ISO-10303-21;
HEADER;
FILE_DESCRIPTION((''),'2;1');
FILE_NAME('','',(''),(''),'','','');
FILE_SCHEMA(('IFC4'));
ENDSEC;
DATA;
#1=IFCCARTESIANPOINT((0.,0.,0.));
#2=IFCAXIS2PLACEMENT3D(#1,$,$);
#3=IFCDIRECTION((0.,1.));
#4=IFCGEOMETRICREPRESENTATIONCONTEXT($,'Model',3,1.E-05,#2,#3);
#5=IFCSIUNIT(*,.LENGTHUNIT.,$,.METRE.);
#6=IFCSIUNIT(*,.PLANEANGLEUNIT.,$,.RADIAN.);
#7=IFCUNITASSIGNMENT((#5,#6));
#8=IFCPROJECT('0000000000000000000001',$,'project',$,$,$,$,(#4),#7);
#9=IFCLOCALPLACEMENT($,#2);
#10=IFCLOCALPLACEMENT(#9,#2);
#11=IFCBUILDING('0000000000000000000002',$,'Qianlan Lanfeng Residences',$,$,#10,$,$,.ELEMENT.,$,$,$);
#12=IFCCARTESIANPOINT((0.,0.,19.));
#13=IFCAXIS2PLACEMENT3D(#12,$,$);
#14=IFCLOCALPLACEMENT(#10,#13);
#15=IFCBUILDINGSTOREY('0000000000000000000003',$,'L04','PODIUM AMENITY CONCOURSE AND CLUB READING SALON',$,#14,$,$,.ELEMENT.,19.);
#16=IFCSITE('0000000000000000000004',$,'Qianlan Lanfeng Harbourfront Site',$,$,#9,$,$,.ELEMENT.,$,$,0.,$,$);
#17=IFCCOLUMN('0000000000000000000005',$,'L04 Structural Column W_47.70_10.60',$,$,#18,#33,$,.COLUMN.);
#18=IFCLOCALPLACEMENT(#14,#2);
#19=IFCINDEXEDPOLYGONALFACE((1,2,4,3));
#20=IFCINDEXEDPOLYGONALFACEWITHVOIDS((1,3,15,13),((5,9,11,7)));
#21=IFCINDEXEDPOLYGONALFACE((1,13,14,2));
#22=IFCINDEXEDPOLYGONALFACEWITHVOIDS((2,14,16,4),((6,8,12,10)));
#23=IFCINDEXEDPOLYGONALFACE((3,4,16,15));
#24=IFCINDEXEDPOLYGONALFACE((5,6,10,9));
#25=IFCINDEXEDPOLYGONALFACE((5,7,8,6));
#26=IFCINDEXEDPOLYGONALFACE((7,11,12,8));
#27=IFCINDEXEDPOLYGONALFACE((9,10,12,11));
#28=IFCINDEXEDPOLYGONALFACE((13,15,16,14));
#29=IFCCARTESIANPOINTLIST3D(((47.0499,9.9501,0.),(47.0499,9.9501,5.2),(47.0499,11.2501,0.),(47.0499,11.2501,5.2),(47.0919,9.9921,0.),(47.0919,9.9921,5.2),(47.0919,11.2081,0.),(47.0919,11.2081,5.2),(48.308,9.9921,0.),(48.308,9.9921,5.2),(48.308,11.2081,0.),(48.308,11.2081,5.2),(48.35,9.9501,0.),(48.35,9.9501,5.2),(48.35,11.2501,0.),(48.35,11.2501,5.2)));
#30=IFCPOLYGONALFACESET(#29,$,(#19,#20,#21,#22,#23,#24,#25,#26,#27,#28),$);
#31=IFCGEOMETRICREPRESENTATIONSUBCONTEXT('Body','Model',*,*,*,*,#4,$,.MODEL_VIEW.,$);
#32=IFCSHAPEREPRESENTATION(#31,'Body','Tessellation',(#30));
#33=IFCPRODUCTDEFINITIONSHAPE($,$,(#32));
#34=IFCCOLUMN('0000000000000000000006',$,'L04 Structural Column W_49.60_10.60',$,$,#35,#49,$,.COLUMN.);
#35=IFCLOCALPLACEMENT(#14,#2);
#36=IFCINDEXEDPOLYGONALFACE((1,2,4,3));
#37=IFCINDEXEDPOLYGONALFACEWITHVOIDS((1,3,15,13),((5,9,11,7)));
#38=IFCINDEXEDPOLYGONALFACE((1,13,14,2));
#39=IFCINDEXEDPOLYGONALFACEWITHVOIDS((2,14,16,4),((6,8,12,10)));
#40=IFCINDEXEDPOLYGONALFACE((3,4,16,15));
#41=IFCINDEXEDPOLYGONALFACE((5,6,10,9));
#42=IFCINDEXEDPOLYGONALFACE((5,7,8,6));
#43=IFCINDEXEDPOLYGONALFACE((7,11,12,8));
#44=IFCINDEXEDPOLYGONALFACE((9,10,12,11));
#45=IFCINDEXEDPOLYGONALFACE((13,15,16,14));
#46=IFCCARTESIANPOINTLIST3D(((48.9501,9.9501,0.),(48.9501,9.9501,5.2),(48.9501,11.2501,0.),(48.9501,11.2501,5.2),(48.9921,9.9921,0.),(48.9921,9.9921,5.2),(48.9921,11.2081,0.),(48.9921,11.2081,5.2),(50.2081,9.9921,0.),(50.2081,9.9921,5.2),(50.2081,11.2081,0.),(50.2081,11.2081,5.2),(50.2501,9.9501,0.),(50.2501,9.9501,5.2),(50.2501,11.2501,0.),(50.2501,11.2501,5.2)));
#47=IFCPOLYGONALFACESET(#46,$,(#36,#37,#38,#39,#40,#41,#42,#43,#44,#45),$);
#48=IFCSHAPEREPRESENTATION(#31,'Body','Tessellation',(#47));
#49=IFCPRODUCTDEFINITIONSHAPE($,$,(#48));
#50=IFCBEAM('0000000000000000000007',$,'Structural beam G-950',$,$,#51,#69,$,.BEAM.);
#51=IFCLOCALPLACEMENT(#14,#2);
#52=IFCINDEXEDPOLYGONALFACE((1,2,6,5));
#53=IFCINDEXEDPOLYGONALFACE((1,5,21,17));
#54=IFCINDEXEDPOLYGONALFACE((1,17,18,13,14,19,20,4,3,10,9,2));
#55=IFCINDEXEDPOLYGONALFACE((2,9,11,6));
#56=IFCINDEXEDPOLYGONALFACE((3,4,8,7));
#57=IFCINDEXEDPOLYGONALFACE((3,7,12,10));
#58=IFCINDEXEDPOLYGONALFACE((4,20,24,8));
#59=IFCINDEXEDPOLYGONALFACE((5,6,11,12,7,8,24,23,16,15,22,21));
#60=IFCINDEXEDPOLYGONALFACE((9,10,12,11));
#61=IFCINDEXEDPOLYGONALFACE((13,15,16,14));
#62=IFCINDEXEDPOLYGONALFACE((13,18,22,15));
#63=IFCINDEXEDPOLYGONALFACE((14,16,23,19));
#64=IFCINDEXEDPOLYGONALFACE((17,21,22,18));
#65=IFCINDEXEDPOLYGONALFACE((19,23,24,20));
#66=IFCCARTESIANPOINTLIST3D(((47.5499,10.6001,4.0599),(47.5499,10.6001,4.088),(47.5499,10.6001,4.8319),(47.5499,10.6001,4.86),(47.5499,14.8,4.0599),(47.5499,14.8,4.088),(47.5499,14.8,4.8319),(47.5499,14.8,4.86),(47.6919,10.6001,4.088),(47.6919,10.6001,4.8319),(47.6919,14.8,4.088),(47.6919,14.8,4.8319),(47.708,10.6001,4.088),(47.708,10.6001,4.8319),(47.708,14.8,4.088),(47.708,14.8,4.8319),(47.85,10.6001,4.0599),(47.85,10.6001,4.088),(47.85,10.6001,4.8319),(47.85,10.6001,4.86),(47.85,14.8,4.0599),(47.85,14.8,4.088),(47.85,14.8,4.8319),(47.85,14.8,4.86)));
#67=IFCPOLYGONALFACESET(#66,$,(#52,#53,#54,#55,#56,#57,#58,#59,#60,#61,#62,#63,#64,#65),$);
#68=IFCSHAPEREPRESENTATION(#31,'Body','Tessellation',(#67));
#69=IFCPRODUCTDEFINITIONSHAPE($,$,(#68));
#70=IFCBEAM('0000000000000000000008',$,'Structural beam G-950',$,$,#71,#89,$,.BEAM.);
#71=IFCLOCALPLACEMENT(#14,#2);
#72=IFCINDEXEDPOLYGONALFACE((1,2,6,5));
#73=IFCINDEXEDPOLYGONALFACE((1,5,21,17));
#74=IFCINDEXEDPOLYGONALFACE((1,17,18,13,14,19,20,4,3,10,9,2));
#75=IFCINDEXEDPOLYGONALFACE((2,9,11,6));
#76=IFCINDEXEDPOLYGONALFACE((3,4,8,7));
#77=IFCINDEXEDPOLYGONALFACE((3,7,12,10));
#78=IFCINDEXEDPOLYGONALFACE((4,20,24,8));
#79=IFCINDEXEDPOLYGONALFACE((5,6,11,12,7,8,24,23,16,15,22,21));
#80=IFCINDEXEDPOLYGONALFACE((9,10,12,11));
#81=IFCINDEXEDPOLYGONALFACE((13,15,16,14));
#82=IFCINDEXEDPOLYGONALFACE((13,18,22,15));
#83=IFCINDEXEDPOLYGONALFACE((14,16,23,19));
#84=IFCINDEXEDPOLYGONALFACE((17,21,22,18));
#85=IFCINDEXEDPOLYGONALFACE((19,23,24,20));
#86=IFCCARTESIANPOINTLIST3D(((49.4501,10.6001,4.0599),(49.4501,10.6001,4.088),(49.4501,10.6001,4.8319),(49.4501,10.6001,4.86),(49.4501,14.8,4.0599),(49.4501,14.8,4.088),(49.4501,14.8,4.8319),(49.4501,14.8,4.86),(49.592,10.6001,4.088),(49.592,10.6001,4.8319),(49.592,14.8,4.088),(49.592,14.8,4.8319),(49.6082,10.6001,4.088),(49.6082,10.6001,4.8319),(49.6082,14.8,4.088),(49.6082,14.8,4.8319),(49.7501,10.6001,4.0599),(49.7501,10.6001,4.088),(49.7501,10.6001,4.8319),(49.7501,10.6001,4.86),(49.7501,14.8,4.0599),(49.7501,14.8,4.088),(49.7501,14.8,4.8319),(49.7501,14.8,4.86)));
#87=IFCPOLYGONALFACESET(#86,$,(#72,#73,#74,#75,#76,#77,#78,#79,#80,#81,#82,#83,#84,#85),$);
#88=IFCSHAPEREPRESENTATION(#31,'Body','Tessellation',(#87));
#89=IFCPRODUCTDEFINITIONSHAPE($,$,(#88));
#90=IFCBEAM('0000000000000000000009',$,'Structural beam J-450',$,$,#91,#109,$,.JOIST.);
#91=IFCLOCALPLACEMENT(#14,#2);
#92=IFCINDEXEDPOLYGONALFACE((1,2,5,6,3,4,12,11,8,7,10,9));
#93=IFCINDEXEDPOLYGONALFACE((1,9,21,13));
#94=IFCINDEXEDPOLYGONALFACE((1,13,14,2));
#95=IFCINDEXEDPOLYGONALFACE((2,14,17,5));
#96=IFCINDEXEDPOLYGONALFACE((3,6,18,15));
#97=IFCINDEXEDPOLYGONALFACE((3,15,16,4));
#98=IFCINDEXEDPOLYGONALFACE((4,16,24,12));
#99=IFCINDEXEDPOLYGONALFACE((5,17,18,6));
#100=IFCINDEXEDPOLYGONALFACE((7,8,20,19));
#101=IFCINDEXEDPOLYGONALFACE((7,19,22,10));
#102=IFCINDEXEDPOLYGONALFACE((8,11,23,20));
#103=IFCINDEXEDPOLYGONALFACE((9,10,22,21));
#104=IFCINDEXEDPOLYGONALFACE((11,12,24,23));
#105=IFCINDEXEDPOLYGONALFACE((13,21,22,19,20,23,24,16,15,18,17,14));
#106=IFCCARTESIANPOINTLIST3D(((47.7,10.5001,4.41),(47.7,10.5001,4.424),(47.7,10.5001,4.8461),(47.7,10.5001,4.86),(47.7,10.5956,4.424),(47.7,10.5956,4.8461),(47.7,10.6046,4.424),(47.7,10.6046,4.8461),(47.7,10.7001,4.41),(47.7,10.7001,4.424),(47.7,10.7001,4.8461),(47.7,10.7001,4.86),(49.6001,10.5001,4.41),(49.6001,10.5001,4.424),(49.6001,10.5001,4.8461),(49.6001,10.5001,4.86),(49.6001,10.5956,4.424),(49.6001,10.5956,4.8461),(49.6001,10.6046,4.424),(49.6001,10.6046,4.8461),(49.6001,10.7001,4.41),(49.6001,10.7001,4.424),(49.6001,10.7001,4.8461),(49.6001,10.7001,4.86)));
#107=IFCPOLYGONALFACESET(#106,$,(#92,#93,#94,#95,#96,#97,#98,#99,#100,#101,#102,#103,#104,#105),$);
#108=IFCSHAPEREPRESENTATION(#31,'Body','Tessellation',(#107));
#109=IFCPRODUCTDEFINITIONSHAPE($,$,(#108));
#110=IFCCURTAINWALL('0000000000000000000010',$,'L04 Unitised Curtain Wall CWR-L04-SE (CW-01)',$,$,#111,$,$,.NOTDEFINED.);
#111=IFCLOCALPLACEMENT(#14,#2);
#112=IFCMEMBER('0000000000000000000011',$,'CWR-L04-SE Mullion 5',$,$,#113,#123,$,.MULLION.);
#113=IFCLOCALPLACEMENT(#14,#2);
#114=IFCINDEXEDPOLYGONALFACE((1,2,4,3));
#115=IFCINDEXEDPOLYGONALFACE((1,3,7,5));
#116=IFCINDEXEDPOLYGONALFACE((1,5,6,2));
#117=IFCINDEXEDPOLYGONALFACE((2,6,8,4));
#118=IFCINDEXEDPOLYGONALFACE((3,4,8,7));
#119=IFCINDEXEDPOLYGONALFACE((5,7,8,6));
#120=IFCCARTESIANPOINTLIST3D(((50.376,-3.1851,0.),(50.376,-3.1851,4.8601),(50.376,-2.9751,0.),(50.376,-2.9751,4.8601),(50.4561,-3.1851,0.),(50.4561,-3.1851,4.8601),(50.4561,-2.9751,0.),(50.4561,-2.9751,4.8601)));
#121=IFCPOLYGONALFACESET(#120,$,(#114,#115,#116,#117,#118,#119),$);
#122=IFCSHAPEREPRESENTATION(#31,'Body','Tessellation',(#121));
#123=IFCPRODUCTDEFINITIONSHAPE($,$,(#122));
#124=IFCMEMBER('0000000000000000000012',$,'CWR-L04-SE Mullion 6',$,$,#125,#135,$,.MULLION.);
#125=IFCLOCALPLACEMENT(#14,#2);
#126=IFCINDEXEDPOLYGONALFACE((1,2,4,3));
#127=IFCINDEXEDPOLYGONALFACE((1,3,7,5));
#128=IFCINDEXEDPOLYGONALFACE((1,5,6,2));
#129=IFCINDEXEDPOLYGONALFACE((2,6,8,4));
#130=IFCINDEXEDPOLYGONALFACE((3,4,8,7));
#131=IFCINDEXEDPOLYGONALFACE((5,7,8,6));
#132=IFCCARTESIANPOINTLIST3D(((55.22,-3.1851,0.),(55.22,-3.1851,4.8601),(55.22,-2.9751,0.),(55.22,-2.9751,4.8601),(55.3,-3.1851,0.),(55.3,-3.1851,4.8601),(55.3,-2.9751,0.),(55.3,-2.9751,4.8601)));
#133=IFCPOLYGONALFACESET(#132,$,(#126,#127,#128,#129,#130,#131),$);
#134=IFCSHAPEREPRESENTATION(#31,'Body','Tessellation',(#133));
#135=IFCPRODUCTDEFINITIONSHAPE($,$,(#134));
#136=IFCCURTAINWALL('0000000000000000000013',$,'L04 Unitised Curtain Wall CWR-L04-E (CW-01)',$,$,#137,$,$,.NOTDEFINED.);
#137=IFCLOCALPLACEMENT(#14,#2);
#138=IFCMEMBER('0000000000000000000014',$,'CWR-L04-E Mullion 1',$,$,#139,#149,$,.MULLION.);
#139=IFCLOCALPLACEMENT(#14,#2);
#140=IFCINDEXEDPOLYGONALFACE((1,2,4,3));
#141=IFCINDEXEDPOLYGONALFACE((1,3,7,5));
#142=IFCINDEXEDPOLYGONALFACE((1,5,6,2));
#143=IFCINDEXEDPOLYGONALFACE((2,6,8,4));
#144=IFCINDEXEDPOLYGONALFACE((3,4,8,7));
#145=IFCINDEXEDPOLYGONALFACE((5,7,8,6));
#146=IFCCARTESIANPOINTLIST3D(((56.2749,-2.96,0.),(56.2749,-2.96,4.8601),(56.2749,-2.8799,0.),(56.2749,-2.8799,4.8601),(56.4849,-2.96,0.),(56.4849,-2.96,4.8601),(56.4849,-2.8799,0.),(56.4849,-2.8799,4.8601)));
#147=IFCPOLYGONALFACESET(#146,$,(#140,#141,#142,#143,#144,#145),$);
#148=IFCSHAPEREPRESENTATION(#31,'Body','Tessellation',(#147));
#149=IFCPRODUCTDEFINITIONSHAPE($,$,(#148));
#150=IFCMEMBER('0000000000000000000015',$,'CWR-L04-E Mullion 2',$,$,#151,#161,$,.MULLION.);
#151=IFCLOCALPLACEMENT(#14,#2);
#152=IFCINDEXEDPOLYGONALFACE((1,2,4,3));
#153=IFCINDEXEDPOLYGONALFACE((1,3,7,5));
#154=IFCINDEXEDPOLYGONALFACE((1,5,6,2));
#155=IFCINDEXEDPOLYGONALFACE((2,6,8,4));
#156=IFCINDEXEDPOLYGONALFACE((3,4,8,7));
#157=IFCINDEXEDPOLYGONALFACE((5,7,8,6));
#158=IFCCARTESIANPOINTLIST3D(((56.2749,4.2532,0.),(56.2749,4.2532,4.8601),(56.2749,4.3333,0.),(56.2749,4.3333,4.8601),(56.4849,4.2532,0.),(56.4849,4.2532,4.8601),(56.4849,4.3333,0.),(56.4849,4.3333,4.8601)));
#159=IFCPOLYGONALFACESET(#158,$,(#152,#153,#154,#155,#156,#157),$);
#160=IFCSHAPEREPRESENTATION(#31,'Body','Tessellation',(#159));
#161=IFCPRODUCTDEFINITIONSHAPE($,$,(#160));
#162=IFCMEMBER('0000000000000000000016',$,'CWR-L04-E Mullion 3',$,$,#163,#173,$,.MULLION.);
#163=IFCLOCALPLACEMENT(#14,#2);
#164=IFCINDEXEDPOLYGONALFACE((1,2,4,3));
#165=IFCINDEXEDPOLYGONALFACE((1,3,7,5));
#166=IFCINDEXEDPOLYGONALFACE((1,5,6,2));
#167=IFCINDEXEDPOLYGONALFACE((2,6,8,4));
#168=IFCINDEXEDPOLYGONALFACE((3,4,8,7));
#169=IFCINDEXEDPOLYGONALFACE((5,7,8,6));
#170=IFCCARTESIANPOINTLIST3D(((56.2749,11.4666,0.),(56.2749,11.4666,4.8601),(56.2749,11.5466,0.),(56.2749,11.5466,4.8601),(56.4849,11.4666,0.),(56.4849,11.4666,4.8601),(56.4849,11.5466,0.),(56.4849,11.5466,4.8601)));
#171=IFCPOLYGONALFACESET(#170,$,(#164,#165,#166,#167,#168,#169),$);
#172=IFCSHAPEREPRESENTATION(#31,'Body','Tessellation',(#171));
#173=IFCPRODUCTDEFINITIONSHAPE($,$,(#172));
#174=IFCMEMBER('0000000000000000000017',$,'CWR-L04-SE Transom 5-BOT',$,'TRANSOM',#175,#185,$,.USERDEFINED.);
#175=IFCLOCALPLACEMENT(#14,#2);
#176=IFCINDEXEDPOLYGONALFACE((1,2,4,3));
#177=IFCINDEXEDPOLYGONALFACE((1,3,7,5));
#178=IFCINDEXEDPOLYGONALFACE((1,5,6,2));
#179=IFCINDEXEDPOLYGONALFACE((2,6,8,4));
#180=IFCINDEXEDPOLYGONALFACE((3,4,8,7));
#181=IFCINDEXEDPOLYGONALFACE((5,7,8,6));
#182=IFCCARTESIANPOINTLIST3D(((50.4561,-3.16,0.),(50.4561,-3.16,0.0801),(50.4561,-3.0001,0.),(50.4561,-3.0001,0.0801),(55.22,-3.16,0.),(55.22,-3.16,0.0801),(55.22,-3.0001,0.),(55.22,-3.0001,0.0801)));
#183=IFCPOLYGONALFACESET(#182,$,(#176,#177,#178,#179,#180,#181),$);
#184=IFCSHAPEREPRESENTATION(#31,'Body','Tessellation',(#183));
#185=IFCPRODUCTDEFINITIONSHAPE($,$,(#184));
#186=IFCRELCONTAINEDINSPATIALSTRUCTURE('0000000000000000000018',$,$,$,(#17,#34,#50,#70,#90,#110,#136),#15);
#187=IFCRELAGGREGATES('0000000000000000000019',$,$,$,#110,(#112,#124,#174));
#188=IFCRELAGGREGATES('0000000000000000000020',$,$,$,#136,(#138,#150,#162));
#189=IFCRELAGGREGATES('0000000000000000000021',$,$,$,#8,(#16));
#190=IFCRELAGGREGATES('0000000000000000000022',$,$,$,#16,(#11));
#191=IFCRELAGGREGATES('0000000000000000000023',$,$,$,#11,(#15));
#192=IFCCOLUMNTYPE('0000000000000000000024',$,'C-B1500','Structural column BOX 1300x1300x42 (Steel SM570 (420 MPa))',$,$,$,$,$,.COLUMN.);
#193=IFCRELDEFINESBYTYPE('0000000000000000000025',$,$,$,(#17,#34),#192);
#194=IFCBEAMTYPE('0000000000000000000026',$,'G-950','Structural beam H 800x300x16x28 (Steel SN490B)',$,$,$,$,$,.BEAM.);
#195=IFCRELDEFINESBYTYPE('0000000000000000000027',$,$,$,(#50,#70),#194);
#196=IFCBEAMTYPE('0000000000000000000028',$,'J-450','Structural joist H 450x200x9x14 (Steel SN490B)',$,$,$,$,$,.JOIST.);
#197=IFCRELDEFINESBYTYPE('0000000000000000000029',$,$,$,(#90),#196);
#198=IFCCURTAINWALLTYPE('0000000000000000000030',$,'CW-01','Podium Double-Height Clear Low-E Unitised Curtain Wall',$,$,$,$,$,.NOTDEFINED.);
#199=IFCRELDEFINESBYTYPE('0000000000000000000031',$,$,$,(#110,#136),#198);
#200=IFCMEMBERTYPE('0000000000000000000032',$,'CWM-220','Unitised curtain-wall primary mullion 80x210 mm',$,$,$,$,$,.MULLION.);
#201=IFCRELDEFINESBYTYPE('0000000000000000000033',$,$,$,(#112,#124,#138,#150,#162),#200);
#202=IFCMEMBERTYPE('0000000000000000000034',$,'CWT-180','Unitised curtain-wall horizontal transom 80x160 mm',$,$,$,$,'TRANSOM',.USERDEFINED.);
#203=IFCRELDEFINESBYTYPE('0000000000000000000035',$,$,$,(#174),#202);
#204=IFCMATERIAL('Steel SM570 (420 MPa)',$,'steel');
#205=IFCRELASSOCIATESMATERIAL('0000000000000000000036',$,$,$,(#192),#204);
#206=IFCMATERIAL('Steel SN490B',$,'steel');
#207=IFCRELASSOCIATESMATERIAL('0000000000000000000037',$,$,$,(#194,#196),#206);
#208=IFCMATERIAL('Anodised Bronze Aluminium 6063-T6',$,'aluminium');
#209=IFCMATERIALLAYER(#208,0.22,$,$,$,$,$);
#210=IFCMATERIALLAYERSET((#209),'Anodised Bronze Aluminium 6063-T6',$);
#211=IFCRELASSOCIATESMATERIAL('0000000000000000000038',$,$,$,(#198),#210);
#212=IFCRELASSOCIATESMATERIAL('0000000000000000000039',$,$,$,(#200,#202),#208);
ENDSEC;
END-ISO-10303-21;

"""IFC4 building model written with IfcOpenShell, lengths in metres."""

from ifc_helpers import new_model, si_unit, direction, frame, origin, origin_2d, place, context, subcontext, project, spatial, rectangle, hollow_rectangle, i_section, extrude, source, transform, mapped, material, layer, layer_set, material_profile, profile_set, type_object, element, aggregate, save


model = new_model("IFC4")

# Units and contexts
model_context = context("Model", 3, precision=1e-05, world=origin(), true_north=direction((0.0, 1.0)))
body_context = subcontext(model_context, "Body", "Model", "MODEL_VIEW")
ifc_project = project(units=[si_unit("LENGTHUNIT", "METRE"), si_unit("PLANEANGLEUNIT", "RADIAN")], contexts=[model_context])

# Site, building, storey
site_placement = place(None, origin())
site = spatial("IfcSite", under=ifc_project, at=site_placement, Name="Qianlan Lanfeng Harbourfront Site", CompositionType="ELEMENT", RefElevation=0.0)
building_placement = place(site_placement, origin())
building = spatial("IfcBuilding", under=site, at=building_placement, Name="Qianlan Lanfeng Residences", CompositionType="ELEMENT")
storey_placement = place(building_placement, frame((0.0, 0.0, 19.0)))
storey = spatial("IfcBuildingStorey", under=building, at=storey_placement, Name="L04", Description="PODIUM AMENITY CONCOURSE AND CLUB READING SALON", CompositionType="ELEMENT", Elevation=19.0)

# Columns
ifc_material_1 = material(Name="Steel SM570 (420 MPa)", Category="steel")
ifc_material_profile_1 = material_profile(ifc_material_1, hollow_rectangle(XDim=1.3, YDim=1.3, WallThickness=0.042, at=origin_2d()), Name="BOX 1300x1300x42")
ifc_profile_set_1 = profile_set([ifc_material_profile_1], Name="Steel SM570 (420 MPa)")
column_type = type_object("IfcColumnType", Name="C-B1500", Description="Structural column BOX 1300x1300x42 (Steel SM570 (420 MPa))", PredefinedType="COLUMN", material=ifc_profile_set_1)
for number, where, z_axis, x_axis, name in (
    (1, (47.7, 10.6001, 0.0), (0.0, 0.0, 1.0), (1.0, 0.0, 0.0), "L04 Structural Column W_47.70_10.60"),
    (2, (49.6001, 10.6001, 0.0), (0.0, 0.0, 1.0), (1.0, 0.0, 0.0), "L04 Structural Column W_49.60_10.60"),
):
    element("IfcColumn", number, at=place(storey_placement, frame(where, z_axis=z_axis, x_axis=x_axis)), inside=storey, type_object=column_type, Name=name, PredefinedType="COLUMN", context=body_context, shape_type="SweptSolid", body=[
        extrude(hollow_rectangle(XDim=1.3, YDim=1.3, WallThickness=0.042, at=origin_2d()), origin(), (0.0, 0.0, 1.0), 5.2),
    ])

# Beams
ifc_material_2 = material(Name="Steel SN490B", Category="steel")
ifc_material_profile_2 = material_profile(ifc_material_2, i_section(OverallWidth=0.3, OverallDepth=0.8, WebThickness=0.0161, FlangeThickness=0.0281, at=origin_2d()), Name="H 800x300x16x28")
ifc_profile_set_2 = profile_set([ifc_material_profile_2], Name="Steel SN490B")
beam_type_1 = type_object("IfcBeamType", Name="G-950", Description="Structural beam H 800x300x16x28 (Steel SN490B)", PredefinedType="BEAM", material=ifc_profile_set_2)
for number, where, z_axis, x_axis, name in (
    (3, (47.7, 10.6001, 4.46), (0.0, 1.0, 0.0), (-1.0, 0.0, 0.0), "Structural beam G-950"),
    (4, (49.6001, 10.6001, 4.46), (0.0, 1.0, 0.0), (-1.0, 0.0, 0.0), "Structural beam G-950"),
):
    element("IfcBeam", number, at=place(storey_placement, frame(where, z_axis=z_axis, x_axis=x_axis)), inside=storey, type_object=beam_type_1, Name=name, PredefinedType="BEAM", context=body_context, shape_type="SweptSolid", body=[
        extrude(i_section(OverallWidth=0.3, OverallDepth=0.8, WebThickness=0.0161, FlangeThickness=0.0281, at=origin_2d()), origin(), (0.0, 0.0, 1.0), 4.2),
    ])
ifc_material_profile_3 = material_profile(ifc_material_2, i_section(OverallWidth=0.2, OverallDepth=0.45, WebThickness=0.009, FlangeThickness=0.0139, at=origin_2d()), Name="H 450x200x9x14")
ifc_profile_set_3 = profile_set([ifc_material_profile_3], Name="Steel SN490B")
beam_type_2 = type_object("IfcBeamType", Name="J-450", Description="Structural joist H 450x200x9x14 (Steel SN490B)", PredefinedType="JOIST", material=ifc_profile_set_3)
beam_placement = place(storey_placement, frame((47.7, 10.6001, 4.635), z_axis=(1.0, 0.0, 0.0), x_axis=(0.0, 1.0, 0.0)))
element("IfcBeam", 5, at=beam_placement, inside=storey, type_object=beam_type_2, Name="Structural beam J-450", PredefinedType="JOIST", context=body_context, shape_type="SweptSolid", body=[
    extrude(i_section(OverallWidth=0.2, OverallDepth=0.45, WebThickness=0.009, FlangeThickness=0.0139, at=origin_2d()), origin(), (0.0, 0.0, 1.0), 1.9001),
])

# Curtain walls, members
ifc_material_3 = material(Name="Anodised Bronze Aluminium 6063-T6", Category="aluminium")
ifc_layer_1 = layer(ifc_material_3, 0.22)
ifc_layer_set_1 = layer_set([ifc_layer_1], Name="Anodised Bronze Aluminium 6063-T6")
curtain_wall_type = type_object("IfcCurtainWallType", Name="CW-01", Description="Podium Double-Height Clear Low-E Unitised Curtain Wall", PredefinedType="NOTDEFINED", material=ifc_layer_set_1)
curtain_wall_1_placement = place(storey_placement, origin())
curtain_wall_1 = element("IfcCurtainWall", 6, at=curtain_wall_1_placement, inside=storey, type_object=curtain_wall_type, Name="L04 Unitised Curtain Wall CWR-L04-SE (CW-01)", PredefinedType="NOTDEFINED")
ifc_material_profile_4 = material_profile(ifc_material_3, rectangle(XDim=0.0801, YDim=0.21, at=origin_2d()), Name="ALU MULLION 80x210")
ifc_profile_set_4 = profile_set([ifc_material_profile_4], Name="Anodised Bronze Aluminium 6063-T6")
member_type_1 = type_object("IfcMemberType", Name="CWM-220", Description="Unitised curtain-wall primary mullion 80x210 mm", PredefinedType="MULLION", material=ifc_profile_set_4)
shared_shape_1 = source(origin(), body_context, "Body", "SweptSolid", [
    extrude(rectangle(XDim=0.0801, YDim=0.21, at=origin_2d()), origin(), (0.0, 0.0, 1.0), 4.8601),
])
member_1_placement = place(storey_placement, frame((50.416, -3.0801, 0.0), z_axis=(0.0, 0.0, 1.0), x_axis=(1.0, 0.0, 0.0)))
member_1 = element("IfcMember", 7, at=member_1_placement, type_object=member_type_1, Name="CWR-L04-SE Mullion 5", PredefinedType="MULLION", context=body_context, shape_type="MappedRepresentation", body=[
    mapped(shared_shape_1, transform((0.0, 0.0, 0.0), scale=1.0)),
])
member_2_placement = place(storey_placement, frame((55.26, -3.0801, 0.0), z_axis=(0.0, 0.0, 1.0), x_axis=(1.0, 0.0, 0.0)))
member_2 = element("IfcMember", 8, at=member_2_placement, type_object=member_type_1, Name="CWR-L04-SE Mullion 6", PredefinedType="MULLION", context=body_context, shape_type="MappedRepresentation", body=[
    mapped(shared_shape_1, transform((0.0, 0.0, 0.0), scale=1.0)),
])
curtain_wall_2_placement = place(storey_placement, origin())
curtain_wall_2 = element("IfcCurtainWall", 9, at=curtain_wall_2_placement, inside=storey, type_object=curtain_wall_type, Name="L04 Unitised Curtain Wall CWR-L04-E (CW-01)", PredefinedType="NOTDEFINED")
member_3_placement = place(storey_placement, frame((56.3799, -2.9199, 0.0), z_axis=(0.0, 0.0, 1.0), x_axis=(0.0, 1.0, 0.0)))
member_3 = element("IfcMember", 10, at=member_3_placement, type_object=member_type_1, Name="CWR-L04-E Mullion 1", PredefinedType="MULLION", context=body_context, shape_type="MappedRepresentation", body=[
    mapped(shared_shape_1, transform((0.0, 0.0, 0.0), scale=1.0)),
])
member_4_placement = place(storey_placement, frame((56.3799, 4.2932, 0.0), z_axis=(0.0, 0.0, 1.0), x_axis=(0.0, 1.0, 0.0)))
member_4 = element("IfcMember", 11, at=member_4_placement, type_object=member_type_1, Name="CWR-L04-E Mullion 2", PredefinedType="MULLION", context=body_context, shape_type="MappedRepresentation", body=[
    mapped(shared_shape_1, transform((0.0, 0.0, 0.0), scale=1.0)),
])
member_5_placement = place(storey_placement, frame((56.3799, 11.5066, 0.0), z_axis=(0.0, 0.0, 1.0), x_axis=(0.0, 1.0, 0.0)))
member_5 = element("IfcMember", 12, at=member_5_placement, type_object=member_type_1, Name="CWR-L04-E Mullion 3", PredefinedType="MULLION", context=body_context, shape_type="MappedRepresentation", body=[
    mapped(shared_shape_1, transform((0.0, 0.0, 0.0), scale=1.0)),
])

# Member
ifc_material_profile_5 = material_profile(ifc_material_3, rectangle(XDim=0.0801, YDim=0.1599, at=origin_2d()), Name="ALU TRANSOM 80x160")
ifc_profile_set_5 = profile_set([ifc_material_profile_5], Name="Anodised Bronze Aluminium 6063-T6")
member_type_2 = type_object("IfcMemberType", Name="CWT-180", Description="Unitised curtain-wall horizontal transom 80x160 mm", ElementType="TRANSOM", PredefinedType="USERDEFINED", material=ifc_profile_set_5)
shared_shape_2 = source(origin(), body_context, "Body", "SweptSolid", [
    extrude(rectangle(XDim=0.0801, YDim=0.1599, at=origin_2d()), origin(), (0.0, 0.0, 1.0), 4.7639),
])
member_6_placement = place(storey_placement, frame((50.4561, -3.0801, 0.04), z_axis=(1.0, 0.0, 0.0), x_axis=(0.0, 0.0, 1.0)))
member_6 = element("IfcMember", 13, at=member_6_placement, type_object=member_type_2, Name="CWR-L04-SE Transom 5-BOT", ObjectType="TRANSOM", PredefinedType="USERDEFINED", context=body_context, shape_type="MappedRepresentation", body=[
    mapped(shared_shape_2, transform((0.0, 0.0, 0.0), scale=1.0)),
])

aggregate(curtain_wall_1, [member_1, member_2, member_6])
aggregate(curtain_wall_2, [member_3, member_4, member_5])

save(model, "model.ifc")
